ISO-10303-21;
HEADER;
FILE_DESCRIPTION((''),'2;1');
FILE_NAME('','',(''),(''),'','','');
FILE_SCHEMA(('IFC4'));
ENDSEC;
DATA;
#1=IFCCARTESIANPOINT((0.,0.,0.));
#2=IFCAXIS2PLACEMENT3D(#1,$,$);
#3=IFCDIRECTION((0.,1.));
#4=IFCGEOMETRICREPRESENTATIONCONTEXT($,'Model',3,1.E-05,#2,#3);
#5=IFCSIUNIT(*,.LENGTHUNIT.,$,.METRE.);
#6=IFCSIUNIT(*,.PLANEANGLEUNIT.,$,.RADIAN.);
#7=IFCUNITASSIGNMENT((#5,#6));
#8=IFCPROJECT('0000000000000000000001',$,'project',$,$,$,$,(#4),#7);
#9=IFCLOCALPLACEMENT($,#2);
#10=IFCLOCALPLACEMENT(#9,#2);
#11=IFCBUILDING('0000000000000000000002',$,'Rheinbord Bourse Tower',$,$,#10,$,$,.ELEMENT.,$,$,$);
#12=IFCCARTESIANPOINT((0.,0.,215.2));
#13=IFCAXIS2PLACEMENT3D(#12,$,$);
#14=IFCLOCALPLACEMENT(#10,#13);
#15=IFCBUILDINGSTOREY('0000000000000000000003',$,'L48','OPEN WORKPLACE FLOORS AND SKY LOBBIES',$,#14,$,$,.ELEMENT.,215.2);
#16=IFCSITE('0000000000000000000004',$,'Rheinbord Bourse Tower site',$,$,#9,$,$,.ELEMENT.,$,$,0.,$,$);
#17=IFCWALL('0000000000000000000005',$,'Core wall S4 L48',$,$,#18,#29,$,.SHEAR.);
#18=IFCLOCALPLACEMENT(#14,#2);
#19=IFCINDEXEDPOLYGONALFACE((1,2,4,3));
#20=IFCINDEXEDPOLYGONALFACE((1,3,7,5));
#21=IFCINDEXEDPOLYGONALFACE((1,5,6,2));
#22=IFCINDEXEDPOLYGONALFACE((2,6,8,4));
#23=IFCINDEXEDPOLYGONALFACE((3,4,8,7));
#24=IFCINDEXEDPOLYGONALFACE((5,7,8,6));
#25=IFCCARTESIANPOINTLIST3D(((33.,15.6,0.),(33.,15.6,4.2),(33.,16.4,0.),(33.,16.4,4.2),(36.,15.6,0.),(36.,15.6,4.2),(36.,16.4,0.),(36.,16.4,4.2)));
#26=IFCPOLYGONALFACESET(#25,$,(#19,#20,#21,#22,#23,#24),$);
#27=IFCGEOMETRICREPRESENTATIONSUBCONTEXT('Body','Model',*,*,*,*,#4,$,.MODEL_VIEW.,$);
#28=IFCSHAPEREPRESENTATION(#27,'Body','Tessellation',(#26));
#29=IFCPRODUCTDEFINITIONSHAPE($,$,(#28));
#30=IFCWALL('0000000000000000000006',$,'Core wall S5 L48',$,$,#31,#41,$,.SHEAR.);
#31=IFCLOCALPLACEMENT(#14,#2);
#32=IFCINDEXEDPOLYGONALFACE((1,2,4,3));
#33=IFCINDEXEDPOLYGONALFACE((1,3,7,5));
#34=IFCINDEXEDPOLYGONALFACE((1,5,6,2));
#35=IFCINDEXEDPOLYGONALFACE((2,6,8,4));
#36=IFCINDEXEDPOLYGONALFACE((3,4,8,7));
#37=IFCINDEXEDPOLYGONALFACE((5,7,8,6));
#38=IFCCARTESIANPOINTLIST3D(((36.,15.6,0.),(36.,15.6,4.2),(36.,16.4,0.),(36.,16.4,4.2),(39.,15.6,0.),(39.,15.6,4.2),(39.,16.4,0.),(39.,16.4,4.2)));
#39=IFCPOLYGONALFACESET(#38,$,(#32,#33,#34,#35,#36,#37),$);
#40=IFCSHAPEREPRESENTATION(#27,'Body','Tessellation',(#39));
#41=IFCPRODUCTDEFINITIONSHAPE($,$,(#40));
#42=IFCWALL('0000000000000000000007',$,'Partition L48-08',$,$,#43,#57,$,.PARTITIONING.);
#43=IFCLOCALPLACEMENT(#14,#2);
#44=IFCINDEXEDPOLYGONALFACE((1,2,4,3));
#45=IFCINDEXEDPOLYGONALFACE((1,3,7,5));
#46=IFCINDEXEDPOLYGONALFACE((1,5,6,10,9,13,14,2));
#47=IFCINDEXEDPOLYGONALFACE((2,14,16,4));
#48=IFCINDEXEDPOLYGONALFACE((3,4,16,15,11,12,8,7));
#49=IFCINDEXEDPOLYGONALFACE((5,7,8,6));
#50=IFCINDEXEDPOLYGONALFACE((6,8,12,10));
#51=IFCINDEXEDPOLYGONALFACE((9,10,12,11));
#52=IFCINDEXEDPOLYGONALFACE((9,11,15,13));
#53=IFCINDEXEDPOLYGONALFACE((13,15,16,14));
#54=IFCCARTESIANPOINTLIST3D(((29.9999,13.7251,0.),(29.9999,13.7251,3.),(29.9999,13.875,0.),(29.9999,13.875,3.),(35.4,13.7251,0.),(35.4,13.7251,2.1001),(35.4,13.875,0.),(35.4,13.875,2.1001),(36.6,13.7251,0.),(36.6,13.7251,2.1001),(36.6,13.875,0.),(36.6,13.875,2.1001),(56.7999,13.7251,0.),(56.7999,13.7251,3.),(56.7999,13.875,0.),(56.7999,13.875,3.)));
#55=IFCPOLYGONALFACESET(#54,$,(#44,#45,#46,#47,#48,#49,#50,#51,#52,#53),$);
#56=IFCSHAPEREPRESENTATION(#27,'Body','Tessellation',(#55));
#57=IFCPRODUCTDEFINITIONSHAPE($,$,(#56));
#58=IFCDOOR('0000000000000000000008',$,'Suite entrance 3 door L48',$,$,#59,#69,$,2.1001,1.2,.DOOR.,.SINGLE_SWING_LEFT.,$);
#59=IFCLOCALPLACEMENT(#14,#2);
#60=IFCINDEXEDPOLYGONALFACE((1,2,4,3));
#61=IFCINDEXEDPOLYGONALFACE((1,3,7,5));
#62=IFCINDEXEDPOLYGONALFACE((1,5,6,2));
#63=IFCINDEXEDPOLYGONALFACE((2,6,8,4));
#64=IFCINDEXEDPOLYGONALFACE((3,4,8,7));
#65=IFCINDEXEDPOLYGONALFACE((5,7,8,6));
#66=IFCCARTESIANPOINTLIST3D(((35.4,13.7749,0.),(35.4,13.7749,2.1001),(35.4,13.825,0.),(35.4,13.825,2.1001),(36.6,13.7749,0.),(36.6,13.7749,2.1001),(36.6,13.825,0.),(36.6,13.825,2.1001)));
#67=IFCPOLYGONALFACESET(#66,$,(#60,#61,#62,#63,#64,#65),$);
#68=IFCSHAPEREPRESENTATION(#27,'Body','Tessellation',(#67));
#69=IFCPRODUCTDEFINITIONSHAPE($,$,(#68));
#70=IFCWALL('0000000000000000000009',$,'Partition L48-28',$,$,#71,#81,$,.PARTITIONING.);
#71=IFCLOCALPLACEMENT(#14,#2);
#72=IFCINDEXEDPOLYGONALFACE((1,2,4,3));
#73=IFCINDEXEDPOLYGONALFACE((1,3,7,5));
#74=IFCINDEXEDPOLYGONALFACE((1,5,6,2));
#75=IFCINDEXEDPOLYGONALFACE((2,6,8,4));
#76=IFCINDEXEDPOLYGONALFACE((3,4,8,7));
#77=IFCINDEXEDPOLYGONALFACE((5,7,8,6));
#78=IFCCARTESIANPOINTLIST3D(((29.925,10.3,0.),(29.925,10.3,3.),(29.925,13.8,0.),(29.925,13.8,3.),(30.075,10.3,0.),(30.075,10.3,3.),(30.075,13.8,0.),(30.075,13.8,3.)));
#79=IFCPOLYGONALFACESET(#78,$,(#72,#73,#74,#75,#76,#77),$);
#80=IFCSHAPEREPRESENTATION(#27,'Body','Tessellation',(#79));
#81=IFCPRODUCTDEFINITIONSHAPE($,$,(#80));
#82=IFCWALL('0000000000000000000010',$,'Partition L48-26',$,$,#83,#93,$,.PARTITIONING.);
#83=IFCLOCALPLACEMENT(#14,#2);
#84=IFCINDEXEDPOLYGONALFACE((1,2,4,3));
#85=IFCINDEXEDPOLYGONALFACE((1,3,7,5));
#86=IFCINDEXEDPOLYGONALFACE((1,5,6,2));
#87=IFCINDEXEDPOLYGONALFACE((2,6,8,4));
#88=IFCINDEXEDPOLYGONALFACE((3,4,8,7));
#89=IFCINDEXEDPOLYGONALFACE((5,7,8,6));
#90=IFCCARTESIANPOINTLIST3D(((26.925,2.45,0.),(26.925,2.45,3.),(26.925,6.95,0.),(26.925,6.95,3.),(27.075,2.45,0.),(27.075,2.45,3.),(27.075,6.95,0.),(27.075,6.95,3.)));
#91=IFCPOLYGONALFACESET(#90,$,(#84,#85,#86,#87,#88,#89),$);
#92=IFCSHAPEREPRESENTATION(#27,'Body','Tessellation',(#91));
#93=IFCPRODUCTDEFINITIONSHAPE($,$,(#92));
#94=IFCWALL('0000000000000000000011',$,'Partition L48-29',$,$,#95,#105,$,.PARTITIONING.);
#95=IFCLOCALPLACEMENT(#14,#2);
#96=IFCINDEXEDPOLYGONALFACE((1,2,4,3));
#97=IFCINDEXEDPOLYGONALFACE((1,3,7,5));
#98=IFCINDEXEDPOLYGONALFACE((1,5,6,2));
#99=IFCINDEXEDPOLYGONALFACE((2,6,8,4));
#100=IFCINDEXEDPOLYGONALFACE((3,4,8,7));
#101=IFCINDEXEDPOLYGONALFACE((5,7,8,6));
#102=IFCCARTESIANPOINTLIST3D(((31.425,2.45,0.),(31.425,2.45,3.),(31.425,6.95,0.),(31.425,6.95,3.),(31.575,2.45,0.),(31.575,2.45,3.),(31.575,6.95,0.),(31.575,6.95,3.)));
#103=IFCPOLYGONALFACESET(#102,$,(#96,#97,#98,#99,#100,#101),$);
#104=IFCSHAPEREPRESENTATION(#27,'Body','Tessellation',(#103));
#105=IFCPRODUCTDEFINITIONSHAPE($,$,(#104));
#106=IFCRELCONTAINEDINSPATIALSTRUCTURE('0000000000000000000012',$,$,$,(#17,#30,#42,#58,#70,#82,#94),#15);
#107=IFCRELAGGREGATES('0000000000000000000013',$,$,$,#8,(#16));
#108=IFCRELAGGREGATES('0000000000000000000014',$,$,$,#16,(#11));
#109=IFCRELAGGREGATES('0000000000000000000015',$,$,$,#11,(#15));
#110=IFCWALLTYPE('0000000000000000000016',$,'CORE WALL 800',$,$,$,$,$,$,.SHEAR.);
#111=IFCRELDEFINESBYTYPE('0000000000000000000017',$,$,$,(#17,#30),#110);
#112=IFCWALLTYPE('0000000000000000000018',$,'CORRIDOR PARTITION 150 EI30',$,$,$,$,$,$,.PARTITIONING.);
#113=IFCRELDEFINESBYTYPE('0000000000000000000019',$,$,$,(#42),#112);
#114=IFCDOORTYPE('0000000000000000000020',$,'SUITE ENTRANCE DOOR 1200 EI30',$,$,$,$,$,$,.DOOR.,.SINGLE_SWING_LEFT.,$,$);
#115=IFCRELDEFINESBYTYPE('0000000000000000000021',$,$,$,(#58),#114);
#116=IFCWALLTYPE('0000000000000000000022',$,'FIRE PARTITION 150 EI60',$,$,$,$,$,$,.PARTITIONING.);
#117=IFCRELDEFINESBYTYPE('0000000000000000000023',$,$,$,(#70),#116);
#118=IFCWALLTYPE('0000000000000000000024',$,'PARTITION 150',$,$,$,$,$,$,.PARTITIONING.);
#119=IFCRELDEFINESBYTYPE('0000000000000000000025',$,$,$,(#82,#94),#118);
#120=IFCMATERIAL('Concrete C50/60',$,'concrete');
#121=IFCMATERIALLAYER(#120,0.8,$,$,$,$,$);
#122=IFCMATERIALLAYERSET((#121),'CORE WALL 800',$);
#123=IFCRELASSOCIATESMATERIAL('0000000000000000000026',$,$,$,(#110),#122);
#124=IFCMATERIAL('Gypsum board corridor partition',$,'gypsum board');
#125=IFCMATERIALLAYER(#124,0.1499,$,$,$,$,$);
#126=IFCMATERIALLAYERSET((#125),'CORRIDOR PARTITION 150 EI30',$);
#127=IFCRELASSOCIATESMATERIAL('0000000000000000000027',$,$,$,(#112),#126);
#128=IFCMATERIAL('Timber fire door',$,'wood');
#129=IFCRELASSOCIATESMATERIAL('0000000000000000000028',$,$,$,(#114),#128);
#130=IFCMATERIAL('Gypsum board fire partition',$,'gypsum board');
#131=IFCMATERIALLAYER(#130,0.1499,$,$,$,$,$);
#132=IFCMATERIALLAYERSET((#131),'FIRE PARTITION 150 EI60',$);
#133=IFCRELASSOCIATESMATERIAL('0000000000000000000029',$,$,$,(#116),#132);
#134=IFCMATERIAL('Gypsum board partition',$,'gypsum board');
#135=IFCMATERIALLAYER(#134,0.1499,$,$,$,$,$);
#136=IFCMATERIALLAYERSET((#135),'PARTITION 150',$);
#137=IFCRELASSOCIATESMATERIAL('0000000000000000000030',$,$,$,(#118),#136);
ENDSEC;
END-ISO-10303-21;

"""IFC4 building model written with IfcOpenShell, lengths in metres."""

from ifc_helpers import new_model, si_unit, direction, frame, frame_2d, origin, place, context, subcontext, project, spatial, rectangle, extrude, material, layer, layer_set, type_object, element, fill, save


model = new_model("IFC4")

# Units and contexts
model_context = context("Model", 3, precision=1e-05, world=origin(), true_north=direction((0.0, 1.0)))
body_context = subcontext(model_context, "Body", "Model", "MODEL_VIEW")
ifc_project = project(units=[si_unit("LENGTHUNIT", "METRE"), si_unit("PLANEANGLEUNIT", "RADIAN")], contexts=[model_context])

# Site, building, storey
site_placement = place(None, origin())
site = spatial("IfcSite", under=ifc_project, at=site_placement, Name="Rheinbord Bourse Tower site", CompositionType="ELEMENT", RefElevation=0.0)
building_placement = place(site_placement, origin())
building = spatial("IfcBuilding", under=site, at=building_placement, Name="Rheinbord Bourse Tower", CompositionType="ELEMENT")
storey_placement = place(building_placement, frame((0.0, 0.0, 215.2)))
storey = spatial("IfcBuildingStorey", under=building, at=storey_placement, Name="L48", Description="OPEN WORKPLACE FLOORS AND SKY LOBBIES", CompositionType="ELEMENT", Elevation=215.2)

# Walls
ifc_material_1 = material(Name="Concrete C50/60", Category="concrete")
ifc_layer_1 = layer(ifc_material_1, 0.8)
ifc_layer_set_1 = layer_set([ifc_layer_1], Name="CORE WALL 800")
wall_type_1 = type_object("IfcWallType", Name="CORE WALL 800", PredefinedType="SHEAR", material=ifc_layer_set_1)
for number, where, z_axis, x_axis, name in (
    (1, (33.0, 16.0, 0.0), (0.0, 0.0, 1.0), (1.0, 0.0, 0.0), "Core wall S4 L48"),
    (2, (36.0, 16.0, 0.0), (0.0, 0.0, 1.0), (1.0, 0.0, 0.0), "Core wall S5 L48"),
):
    element("IfcWall", number, at=place(storey_placement, frame(where, z_axis=z_axis, x_axis=x_axis)), inside=storey, type_object=wall_type_1, Name=name, PredefinedType="SHEAR", context=body_context, shape_type="SweptSolid", body=[
        extrude(rectangle(XDim=3.0, YDim=0.8, at=frame_2d((1.5, 0.0))), origin(), (0.0, 0.0, 1.0), 4.2),
    ])

# Wall, opening, door
ifc_material_2 = material(Name="Gypsum board corridor partition", Category="gypsum board")
ifc_layer_2 = layer(ifc_material_2, 0.1499)
ifc_layer_set_2 = layer_set([ifc_layer_2], Name="CORRIDOR PARTITION 150 EI30")
wall_type_2 = type_object("IfcWallType", Name="CORRIDOR PARTITION 150 EI30", PredefinedType="PARTITIONING", material=ifc_layer_set_2)
wall_1_placement = place(storey_placement, frame((30.0, 13.8, 0.0), z_axis=(0.0, 0.0, 1.0), x_axis=(1.0, 0.0, 0.0)))
wall_1 = element("IfcWall", 3, at=wall_1_placement, inside=storey, type_object=wall_type_2, Name="Partition L48-08", PredefinedType="PARTITIONING", context=body_context, shape_type="SweptSolid", body=[
    extrude(rectangle(XDim=26.8, YDim=0.1499, at=frame_2d((13.3999, 0.0))), origin(), (0.0, 0.0, 1.0), 3.0),
])
opening_1_placement = place(wall_1_placement, frame((5.3999, 0.0, 0.0)))
opening_1 = element("IfcOpeningElement", 4, at=opening_1_placement, cuts=wall_1, PredefinedType="OPENING", context=body_context, shape_type="SweptSolid", body=[
    extrude(rectangle(XDim=1.2, YDim=2.1001, at=frame_2d((0.6001, 1.05))), frame((0.0, 0.085, 0.0), z_axis=(0.0, -1.0, 0.0), x_axis=(1.0, 0.0, 0.0)), (0.0, 0.0, 1.0), 0.1699),
])
ifc_material_3 = material(Name="Timber fire door", Category="wood")
door_type_1 = type_object("IfcDoorType", Name="SUITE ENTRANCE DOOR 1200 EI30", OperationType="SINGLE_SWING_LEFT", PredefinedType="DOOR", material=ifc_material_3)
door_1_placement = place(opening_1_placement, origin())
door_1 = element("IfcDoor", 5, at=door_1_placement, inside=storey, type_object=door_type_1, Name="Suite entrance 3 door L48", OperationType="SINGLE_SWING_LEFT", OverallHeight=2.1001, OverallWidth=1.2, PredefinedType="DOOR", context=body_context, shape_type="SweptSolid", body=[
    extrude(rectangle(XDim=1.2, YDim=2.1001, at=frame_2d((0.6001, 1.05))), frame((0.0, 0.0249, 0.0), z_axis=(0.0, -1.0, 0.0), x_axis=(1.0, 0.0, 0.0)), (0.0, 0.0, 1.0), 0.05),
])
fill(opening_1, door_1)

# Walls
ifc_material_4 = material(Name="Gypsum board fire partition", Category="gypsum board")
ifc_layer_3 = layer(ifc_material_4, 0.1499)
ifc_layer_set_3 = layer_set([ifc_layer_3], Name="FIRE PARTITION 150 EI60")
wall_type_3 = type_object("IfcWallType", Name="FIRE PARTITION 150 EI60", PredefinedType="PARTITIONING", material=ifc_layer_set_3)
wall_2_placement = place(storey_placement, frame((30.0, 10.3, 0.0), z_axis=(0.0, 0.0, 1.0), x_axis=(0.0, 1.0, 0.0)))
element("IfcWall", 6, at=wall_2_placement, inside=storey, type_object=wall_type_3, Name="Partition L48-28", PredefinedType="PARTITIONING", context=body_context, shape_type="SweptSolid", body=[
    extrude(rectangle(XDim=3.5, YDim=0.1499, at=frame_2d((1.75, 0.0))), origin(), (0.0, 0.0, 1.0), 3.0),
])
ifc_material_5 = material(Name="Gypsum board partition", Category="gypsum board")
ifc_layer_4 = layer(ifc_material_5, 0.1499)
ifc_layer_set_4 = layer_set([ifc_layer_4], Name="PARTITION 150")
wall_type_4 = type_object("IfcWallType", Name="PARTITION 150", PredefinedType="PARTITIONING", material=ifc_layer_set_4)
for number, where, z_axis, x_axis, name in (
    (7, (27.0, 2.45, 0.0), (0.0, 0.0, 1.0), (0.0, 1.0, 0.0), "Partition L48-26"),
    (8, (31.5, 2.45, 0.0), (0.0, 0.0, 1.0), (0.0, 1.0, 0.0), "Partition L48-29"),
):
    element("IfcWall", number, at=place(storey_placement, frame(where, z_axis=z_axis, x_axis=x_axis)), inside=storey, type_object=wall_type_4, Name=name, PredefinedType="PARTITIONING", context=body_context, shape_type="SweptSolid", body=[
        extrude(rectangle(XDim=4.5, YDim=0.1499, at=frame_2d((2.25, 0.0))), origin(), (0.0, 0.0, 1.0), 3.0),
    ])

save(model, "model.ifc")
